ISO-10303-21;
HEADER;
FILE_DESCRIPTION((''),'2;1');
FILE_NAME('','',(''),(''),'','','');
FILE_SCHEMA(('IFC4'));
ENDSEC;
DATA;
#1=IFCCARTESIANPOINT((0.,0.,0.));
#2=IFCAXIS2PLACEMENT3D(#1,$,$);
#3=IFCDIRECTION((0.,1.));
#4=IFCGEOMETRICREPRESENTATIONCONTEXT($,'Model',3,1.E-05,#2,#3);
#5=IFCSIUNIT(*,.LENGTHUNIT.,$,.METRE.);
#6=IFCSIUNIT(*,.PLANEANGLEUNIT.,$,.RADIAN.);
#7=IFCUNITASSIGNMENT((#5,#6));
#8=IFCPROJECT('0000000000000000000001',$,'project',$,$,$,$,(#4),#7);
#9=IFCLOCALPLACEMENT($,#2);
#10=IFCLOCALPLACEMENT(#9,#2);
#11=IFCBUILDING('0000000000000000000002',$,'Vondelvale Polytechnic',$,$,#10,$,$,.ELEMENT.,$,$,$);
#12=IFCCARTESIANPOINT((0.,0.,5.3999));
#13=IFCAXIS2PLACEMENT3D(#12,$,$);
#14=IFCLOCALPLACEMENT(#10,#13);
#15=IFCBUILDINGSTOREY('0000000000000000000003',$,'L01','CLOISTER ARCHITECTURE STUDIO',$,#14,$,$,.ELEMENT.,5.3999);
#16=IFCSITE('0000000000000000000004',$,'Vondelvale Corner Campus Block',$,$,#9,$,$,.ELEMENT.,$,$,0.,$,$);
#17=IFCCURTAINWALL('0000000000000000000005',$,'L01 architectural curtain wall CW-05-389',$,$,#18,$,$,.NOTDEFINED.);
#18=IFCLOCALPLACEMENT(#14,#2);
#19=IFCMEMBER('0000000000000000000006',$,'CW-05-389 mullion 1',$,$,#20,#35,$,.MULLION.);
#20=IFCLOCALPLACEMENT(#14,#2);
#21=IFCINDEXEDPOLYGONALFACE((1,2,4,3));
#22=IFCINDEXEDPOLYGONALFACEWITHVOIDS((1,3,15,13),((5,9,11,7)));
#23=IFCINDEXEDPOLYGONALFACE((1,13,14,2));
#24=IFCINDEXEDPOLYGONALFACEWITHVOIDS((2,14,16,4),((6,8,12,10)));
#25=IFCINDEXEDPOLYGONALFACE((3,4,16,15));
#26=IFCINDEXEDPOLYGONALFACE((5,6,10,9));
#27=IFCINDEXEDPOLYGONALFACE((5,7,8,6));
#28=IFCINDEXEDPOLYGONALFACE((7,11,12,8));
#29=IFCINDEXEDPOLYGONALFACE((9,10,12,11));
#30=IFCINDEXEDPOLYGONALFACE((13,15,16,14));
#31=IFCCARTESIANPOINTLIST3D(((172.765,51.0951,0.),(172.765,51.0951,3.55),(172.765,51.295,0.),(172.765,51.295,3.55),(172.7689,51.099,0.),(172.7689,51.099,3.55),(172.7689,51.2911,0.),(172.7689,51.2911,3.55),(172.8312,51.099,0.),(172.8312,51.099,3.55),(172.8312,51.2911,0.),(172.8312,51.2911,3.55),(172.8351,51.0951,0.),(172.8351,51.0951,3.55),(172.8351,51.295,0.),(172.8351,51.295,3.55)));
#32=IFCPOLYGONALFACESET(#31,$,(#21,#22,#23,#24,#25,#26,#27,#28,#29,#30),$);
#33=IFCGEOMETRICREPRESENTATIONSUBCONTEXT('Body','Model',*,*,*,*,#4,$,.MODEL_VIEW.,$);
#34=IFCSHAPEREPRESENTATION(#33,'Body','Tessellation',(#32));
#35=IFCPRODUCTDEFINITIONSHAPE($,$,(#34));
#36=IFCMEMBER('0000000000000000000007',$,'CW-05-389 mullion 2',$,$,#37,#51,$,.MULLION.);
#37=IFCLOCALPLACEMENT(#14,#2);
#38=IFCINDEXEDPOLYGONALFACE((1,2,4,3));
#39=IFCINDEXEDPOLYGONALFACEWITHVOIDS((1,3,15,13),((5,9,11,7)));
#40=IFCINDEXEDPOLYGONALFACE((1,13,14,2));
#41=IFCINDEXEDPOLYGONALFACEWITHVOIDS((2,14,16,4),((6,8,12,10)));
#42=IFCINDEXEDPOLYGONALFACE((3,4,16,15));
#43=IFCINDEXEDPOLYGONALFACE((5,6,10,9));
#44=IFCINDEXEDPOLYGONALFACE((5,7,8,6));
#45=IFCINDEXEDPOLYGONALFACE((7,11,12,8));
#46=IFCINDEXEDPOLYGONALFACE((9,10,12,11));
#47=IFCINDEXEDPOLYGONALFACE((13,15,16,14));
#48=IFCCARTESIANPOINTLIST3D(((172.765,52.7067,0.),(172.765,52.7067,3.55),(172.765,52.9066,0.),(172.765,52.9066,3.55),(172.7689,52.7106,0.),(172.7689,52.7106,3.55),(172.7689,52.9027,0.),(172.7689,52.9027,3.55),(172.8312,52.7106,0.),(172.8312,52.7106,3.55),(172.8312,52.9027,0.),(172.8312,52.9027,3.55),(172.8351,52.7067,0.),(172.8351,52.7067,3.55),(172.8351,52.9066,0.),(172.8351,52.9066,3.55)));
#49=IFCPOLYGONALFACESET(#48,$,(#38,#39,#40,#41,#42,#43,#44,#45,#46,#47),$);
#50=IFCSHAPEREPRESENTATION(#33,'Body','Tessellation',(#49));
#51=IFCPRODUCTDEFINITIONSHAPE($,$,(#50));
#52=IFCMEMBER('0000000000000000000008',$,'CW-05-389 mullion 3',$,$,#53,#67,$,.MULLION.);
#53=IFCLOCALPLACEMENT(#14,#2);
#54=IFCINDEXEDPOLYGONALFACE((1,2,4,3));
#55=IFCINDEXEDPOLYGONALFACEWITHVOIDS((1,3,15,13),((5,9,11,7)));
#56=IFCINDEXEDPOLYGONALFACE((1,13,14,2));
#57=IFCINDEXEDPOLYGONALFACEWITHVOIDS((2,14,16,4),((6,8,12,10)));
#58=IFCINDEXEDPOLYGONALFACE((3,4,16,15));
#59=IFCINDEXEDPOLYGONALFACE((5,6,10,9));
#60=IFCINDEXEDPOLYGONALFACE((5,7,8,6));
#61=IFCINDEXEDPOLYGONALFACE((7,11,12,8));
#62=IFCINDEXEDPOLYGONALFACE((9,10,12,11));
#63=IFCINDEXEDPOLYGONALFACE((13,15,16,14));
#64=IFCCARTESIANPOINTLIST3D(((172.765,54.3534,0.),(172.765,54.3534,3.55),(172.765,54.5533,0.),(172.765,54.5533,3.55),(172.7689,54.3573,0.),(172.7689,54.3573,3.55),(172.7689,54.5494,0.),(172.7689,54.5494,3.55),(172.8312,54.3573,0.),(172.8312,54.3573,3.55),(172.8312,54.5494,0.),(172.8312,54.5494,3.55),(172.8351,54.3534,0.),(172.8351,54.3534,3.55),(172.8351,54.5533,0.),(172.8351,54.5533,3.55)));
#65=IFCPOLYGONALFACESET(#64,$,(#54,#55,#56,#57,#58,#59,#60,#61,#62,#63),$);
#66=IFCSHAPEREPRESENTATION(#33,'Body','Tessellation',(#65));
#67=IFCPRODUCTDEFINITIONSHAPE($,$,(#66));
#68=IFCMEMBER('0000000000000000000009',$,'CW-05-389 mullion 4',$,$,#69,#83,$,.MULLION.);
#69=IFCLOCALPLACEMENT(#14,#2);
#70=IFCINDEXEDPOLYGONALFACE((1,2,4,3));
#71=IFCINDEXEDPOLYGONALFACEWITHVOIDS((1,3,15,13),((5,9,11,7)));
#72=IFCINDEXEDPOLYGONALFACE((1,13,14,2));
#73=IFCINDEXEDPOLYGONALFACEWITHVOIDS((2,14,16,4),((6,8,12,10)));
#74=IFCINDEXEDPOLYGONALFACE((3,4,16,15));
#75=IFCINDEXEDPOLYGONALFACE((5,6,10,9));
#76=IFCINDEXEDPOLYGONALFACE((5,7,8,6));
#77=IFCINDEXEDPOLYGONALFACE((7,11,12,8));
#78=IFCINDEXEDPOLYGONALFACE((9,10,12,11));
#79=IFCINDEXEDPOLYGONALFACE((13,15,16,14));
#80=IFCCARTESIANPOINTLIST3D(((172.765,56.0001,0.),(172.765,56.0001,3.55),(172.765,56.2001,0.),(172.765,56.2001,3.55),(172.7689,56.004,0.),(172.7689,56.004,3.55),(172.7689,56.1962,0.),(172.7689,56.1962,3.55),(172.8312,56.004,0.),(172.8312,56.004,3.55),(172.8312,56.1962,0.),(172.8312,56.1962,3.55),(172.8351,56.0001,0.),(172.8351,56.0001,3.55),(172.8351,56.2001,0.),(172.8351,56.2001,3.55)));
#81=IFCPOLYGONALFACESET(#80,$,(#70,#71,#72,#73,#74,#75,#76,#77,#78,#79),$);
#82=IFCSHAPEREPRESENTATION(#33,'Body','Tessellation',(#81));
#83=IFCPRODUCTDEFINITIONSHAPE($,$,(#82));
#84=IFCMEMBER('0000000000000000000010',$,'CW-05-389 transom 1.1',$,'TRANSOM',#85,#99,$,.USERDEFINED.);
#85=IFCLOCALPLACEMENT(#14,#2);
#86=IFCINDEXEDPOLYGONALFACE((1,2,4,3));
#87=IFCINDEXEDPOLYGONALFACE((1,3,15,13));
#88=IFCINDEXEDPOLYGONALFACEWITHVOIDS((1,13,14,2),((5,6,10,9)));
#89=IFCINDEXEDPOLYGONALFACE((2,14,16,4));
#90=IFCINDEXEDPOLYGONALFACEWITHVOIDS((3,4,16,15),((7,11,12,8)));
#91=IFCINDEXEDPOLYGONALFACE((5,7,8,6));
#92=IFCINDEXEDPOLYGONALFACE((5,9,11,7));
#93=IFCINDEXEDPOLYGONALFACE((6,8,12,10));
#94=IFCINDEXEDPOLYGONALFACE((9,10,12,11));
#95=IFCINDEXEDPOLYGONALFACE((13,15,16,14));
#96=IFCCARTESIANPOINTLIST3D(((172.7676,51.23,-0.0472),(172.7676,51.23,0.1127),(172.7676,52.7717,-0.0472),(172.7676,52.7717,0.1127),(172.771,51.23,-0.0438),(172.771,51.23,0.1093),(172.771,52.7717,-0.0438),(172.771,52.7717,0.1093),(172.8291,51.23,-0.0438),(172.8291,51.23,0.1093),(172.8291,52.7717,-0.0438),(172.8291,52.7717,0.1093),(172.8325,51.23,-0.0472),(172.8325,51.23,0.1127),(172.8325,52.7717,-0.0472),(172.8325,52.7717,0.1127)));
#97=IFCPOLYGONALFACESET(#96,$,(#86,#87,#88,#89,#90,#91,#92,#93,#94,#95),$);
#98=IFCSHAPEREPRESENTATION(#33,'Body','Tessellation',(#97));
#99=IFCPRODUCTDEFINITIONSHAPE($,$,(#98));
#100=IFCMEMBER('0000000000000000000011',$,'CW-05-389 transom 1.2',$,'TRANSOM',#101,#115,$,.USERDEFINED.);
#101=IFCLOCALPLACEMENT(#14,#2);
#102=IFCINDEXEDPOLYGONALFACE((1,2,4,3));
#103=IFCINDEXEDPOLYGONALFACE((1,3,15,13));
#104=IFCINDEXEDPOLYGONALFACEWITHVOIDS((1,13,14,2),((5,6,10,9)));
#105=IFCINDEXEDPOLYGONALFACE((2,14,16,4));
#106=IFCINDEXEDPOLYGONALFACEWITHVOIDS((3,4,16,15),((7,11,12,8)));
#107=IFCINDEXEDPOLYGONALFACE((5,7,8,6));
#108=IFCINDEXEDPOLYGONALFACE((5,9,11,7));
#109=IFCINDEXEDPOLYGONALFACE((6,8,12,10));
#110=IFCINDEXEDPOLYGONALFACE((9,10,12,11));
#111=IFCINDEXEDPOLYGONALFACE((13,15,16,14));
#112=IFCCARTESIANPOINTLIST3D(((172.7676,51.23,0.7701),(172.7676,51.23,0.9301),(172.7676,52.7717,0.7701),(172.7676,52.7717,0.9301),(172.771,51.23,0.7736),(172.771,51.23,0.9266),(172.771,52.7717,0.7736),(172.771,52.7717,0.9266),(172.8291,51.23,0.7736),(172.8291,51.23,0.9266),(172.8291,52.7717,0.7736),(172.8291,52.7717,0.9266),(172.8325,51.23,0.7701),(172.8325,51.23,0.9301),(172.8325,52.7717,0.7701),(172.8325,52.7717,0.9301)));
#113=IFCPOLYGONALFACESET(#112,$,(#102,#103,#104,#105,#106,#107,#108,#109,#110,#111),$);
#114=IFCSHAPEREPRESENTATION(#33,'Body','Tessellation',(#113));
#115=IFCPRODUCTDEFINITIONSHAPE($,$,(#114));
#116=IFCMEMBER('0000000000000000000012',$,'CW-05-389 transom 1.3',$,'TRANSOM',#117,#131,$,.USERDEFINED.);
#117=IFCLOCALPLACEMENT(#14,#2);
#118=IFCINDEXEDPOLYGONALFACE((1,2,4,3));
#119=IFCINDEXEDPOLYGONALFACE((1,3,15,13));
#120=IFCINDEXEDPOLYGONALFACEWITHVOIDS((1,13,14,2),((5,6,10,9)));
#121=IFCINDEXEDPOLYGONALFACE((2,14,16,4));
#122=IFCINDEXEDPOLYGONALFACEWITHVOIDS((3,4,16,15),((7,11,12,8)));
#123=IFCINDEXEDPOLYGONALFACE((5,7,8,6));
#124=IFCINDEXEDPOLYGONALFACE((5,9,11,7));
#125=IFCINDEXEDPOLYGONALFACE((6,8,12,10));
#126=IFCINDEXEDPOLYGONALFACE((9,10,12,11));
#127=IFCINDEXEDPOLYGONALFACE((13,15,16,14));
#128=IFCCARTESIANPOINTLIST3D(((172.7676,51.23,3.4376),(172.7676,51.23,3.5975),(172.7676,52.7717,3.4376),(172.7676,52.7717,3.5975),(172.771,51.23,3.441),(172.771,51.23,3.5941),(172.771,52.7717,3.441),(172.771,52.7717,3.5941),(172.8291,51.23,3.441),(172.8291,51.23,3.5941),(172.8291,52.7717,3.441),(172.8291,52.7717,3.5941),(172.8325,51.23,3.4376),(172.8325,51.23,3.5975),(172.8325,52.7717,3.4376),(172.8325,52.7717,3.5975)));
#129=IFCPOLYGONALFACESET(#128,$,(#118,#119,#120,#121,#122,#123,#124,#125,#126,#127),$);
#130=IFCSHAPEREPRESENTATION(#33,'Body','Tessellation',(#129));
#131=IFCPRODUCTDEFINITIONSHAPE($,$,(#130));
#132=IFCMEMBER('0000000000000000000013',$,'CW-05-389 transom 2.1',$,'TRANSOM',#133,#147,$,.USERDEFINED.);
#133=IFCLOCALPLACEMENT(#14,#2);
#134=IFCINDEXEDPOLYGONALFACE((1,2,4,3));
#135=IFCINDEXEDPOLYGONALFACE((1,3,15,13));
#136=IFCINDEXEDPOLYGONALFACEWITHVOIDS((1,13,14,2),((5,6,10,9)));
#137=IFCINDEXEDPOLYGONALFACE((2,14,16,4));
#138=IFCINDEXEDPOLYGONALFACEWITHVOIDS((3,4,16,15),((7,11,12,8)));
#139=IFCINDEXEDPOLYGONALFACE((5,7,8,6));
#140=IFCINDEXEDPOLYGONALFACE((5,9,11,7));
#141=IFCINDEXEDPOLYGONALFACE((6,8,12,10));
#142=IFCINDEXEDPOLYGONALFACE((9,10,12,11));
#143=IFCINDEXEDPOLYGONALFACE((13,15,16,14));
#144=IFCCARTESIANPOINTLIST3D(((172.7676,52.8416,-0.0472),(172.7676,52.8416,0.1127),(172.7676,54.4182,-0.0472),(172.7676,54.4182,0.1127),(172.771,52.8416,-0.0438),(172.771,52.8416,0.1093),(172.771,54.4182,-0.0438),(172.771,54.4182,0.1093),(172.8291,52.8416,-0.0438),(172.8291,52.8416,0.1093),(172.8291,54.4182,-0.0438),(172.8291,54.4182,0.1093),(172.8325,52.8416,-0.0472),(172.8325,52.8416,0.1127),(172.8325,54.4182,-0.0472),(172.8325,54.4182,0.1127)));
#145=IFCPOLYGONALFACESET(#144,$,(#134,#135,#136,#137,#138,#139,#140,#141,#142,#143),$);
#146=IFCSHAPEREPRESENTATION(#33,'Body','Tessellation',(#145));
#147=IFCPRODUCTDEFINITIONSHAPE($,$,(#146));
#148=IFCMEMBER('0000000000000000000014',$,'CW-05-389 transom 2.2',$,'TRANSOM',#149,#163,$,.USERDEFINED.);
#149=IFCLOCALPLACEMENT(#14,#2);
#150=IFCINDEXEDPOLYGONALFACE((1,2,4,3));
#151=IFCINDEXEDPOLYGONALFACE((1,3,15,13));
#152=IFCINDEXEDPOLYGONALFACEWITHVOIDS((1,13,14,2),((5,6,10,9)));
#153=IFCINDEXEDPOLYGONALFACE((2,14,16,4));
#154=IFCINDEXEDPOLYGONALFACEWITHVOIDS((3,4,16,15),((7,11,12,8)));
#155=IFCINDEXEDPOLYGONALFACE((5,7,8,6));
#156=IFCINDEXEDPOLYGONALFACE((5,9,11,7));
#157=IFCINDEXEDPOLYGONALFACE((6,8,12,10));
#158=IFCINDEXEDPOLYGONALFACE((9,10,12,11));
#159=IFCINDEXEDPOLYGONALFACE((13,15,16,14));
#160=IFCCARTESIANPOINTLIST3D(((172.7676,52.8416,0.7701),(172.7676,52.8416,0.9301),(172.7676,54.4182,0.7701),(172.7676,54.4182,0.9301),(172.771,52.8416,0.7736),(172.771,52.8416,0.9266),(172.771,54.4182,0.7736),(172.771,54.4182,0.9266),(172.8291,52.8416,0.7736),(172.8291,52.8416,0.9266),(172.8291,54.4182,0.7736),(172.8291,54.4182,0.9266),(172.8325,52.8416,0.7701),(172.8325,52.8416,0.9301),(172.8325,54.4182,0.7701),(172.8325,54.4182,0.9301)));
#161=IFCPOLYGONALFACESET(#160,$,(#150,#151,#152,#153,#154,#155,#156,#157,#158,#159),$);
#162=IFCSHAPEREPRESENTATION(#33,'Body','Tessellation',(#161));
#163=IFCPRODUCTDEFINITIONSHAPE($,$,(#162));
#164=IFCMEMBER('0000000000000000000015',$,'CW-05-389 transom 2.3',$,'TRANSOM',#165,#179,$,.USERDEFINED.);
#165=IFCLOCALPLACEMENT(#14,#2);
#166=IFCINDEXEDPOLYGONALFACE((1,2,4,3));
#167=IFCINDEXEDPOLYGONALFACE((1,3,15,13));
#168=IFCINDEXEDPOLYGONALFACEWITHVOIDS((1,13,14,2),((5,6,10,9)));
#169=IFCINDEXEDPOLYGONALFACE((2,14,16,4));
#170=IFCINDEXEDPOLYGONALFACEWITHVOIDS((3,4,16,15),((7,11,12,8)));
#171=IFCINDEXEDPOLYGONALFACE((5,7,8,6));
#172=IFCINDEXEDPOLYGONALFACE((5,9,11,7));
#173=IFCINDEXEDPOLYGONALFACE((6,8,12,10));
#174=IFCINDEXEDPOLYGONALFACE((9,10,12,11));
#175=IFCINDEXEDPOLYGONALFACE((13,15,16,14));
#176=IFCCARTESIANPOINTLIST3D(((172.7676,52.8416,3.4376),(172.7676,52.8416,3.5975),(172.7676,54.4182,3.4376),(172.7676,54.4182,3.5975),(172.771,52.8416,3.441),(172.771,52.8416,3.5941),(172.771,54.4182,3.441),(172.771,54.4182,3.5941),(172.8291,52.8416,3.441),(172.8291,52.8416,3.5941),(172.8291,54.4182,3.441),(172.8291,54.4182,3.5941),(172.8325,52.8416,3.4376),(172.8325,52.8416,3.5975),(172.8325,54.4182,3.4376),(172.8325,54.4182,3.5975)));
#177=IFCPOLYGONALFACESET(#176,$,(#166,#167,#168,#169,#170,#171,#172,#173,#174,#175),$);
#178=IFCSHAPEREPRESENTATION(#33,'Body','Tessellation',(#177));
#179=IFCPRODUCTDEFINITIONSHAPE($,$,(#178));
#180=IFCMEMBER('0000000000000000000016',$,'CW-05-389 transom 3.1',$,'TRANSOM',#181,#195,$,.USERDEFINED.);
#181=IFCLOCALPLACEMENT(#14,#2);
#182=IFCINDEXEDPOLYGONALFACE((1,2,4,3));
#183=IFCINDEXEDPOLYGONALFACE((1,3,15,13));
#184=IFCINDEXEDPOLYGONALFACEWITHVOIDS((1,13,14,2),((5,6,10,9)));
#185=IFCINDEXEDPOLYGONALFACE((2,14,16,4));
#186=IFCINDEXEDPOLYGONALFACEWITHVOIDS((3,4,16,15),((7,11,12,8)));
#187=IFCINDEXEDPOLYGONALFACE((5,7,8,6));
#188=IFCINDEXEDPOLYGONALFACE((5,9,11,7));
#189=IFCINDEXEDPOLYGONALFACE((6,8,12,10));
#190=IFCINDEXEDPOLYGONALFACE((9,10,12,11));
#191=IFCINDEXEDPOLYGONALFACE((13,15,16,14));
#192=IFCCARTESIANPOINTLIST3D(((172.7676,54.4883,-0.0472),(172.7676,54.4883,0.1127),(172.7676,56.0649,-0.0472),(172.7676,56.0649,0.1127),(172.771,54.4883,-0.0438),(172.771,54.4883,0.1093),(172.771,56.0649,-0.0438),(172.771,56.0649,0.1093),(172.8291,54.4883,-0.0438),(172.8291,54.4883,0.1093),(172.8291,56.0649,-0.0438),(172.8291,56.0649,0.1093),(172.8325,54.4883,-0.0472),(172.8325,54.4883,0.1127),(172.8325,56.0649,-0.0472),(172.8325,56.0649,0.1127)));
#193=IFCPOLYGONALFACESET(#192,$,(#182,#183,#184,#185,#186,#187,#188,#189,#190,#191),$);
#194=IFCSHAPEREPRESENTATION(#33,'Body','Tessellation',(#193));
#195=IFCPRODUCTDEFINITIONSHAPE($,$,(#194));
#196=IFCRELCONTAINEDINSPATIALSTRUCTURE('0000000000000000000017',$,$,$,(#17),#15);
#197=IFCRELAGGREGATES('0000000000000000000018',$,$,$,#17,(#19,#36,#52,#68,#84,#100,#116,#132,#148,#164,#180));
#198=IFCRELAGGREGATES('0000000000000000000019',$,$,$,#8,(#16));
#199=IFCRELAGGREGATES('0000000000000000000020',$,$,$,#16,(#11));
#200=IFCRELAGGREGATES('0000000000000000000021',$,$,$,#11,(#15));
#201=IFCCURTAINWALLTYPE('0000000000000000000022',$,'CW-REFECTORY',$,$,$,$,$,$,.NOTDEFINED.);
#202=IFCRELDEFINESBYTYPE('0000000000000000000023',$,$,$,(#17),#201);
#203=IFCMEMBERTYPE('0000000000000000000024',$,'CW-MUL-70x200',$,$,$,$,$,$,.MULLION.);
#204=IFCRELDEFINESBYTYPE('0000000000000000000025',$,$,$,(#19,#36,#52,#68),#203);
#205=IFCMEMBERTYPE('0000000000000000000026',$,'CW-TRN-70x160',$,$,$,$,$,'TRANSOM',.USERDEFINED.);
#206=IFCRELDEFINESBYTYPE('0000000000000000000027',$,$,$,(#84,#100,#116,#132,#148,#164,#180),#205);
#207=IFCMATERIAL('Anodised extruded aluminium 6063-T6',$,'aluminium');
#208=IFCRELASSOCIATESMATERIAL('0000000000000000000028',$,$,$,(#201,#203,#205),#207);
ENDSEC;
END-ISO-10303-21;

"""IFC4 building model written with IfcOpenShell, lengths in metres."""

from ifc_helpers import new_model, si_unit, direction, frame, origin, origin_2d, place, context, subcontext, project, spatial, hollow_rectangle, extrude, material, material_profile, profile_set, type_object, element, aggregate, save


model = new_model("IFC4")

# Units and contexts
model_context = context("Model", 3, precision=1e-05, world=origin(), true_north=direction((0.0, 1.0)))
body_context = subcontext(model_context, "Body", "Model", "MODEL_VIEW")
ifc_project = project(units=[si_unit("LENGTHUNIT", "METRE"), si_unit("PLANEANGLEUNIT", "RADIAN")], contexts=[model_context])

# Site, building, storey
site_placement = place(None, origin())
site = spatial("IfcSite", under=ifc_project, at=site_placement, Name="Vondelvale Corner Campus Block", CompositionType="ELEMENT", RefElevation=0.0)
building_placement = place(site_placement, origin())
building = spatial("IfcBuilding", under=site, at=building_placement, Name="Vondelvale Polytechnic", CompositionType="ELEMENT")
storey_placement = place(building_placement, frame((0.0, 0.0, 5.3999)))
storey = spatial("IfcBuildingStorey", under=building, at=storey_placement, Name="L01", Description="CLOISTER ARCHITECTURE STUDIO", CompositionType="ELEMENT", Elevation=5.3999)

# Curtain wall, members
ifc_material_1 = material(Name="Anodised extruded aluminium 6063-T6", Category="aluminium")
curtain_wall_type = type_object("IfcCurtainWallType", Name="CW-REFECTORY", PredefinedType="NOTDEFINED", material=ifc_material_1)
curtain_wall_placement = place(storey_placement, origin())
curtain_wall = element("IfcCurtainWall", 1, at=curtain_wall_placement, inside=storey, type_object=curtain_wall_type, Name="L01 architectural curtain wall CW-05-389", PredefinedType="NOTDEFINED")
ifc_material_profile_1 = material_profile(ifc_material_1, hollow_rectangle(XDim=0.0701, YDim=0.2, WallThickness=0.0039, at=origin_2d()), Name="CW-MUL-200x70")
ifc_profile_set_1 = profile_set([ifc_material_profile_1], Name="Anodised extruded aluminium 6063-T6")
member_type_1 = type_object("IfcMemberType", Name="CW-MUL-70x200", PredefinedType="MULLION", material=ifc_profile_set_1)
member_1_placement = place(storey_placement, frame((172.8, 51.1951, 0.0), z_axis=(0.0, 0.0, 1.0), x_axis=(-1.0, 0.0, 0.0)))
member_1 = element("IfcMember", 2, at=member_1_placement, type_object=member_type_1, Name="CW-05-389 mullion 1", PredefinedType="MULLION", context=body_context, shape_type="SweptSolid", body=[
    extrude(hollow_rectangle(XDim=0.0701, YDim=0.2, WallThickness=0.0039, at=origin_2d()), origin(), (0.0, 0.0, 1.0), 3.55),
])
member_2_placement = place(storey_placement, frame((172.8, 52.8066, 0.0), z_axis=(0.0, 0.0, 1.0), x_axis=(-1.0, 0.0, 0.0)))
member_2 = element("IfcMember", 3, at=member_2_placement, type_object=member_type_1, Name="CW-05-389 mullion 2", PredefinedType="MULLION", context=body_context, shape_type="SweptSolid", body=[
    extrude(hollow_rectangle(XDim=0.0701, YDim=0.2, WallThickness=0.0039, at=origin_2d()), origin(), (0.0, 0.0, 1.0), 3.55),
])
member_3_placement = place(storey_placement, frame((172.8, 54.4534, 0.0), z_axis=(0.0, 0.0, 1.0), x_axis=(-1.0, 0.0, 0.0)))
member_3 = element("IfcMember", 4, at=member_3_placement, type_object=member_type_1, Name="CW-05-389 mullion 3", PredefinedType="MULLION", context=body_context, shape_type="SweptSolid", body=[
    extrude(hollow_rectangle(XDim=0.0701, YDim=0.2, WallThickness=0.0039, at=origin_2d()), origin(), (0.0, 0.0, 1.0), 3.55),
])
member_4_placement = place(storey_placement, frame((172.8, 56.1001, 0.0), z_axis=(0.0, 0.0, 1.0), x_axis=(-1.0, 0.0, 0.0)))
member_4 = element("IfcMember", 5, at=member_4_placement, type_object=member_type_1, Name="CW-05-389 mullion 4", PredefinedType="MULLION", context=body_context, shape_type="SweptSolid", body=[
    extrude(hollow_rectangle(XDim=0.0701, YDim=0.2, WallThickness=0.0039, at=origin_2d()), origin(), (0.0, 0.0, 1.0), 3.55),
])
ifc_material_profile_2 = material_profile(ifc_material_1, hollow_rectangle(XDim=0.0649, YDim=0.1599, WallThickness=0.0034, at=origin_2d()), Name="CW-TRN-160x65")
ifc_profile_set_2 = profile_set([ifc_material_profile_2], Name="Anodised extruded aluminium 6063-T6")
member_type_2 = type_object("IfcMemberType", Name="CW-TRN-70x160", ElementType="TRANSOM", PredefinedType="USERDEFINED", material=ifc_profile_set_2)
member_5_placement = place(storey_placement, frame((172.8, 51.23, 0.0327), z_axis=(0.0, 1.0, 0.0), x_axis=(-1.0, 0.0, 0.0)))
member_5 = element("IfcMember", 6, at=member_5_placement, type_object=member_type_2, Name="CW-05-389 transom 1.1", ObjectType="TRANSOM", PredefinedType="USERDEFINED", context=body_context, shape_type="SweptSolid", body=[
    extrude(hollow_rectangle(XDim=0.0649, YDim=0.1599, WallThickness=0.0034, at=origin_2d()), origin(), (0.0, 0.0, 1.0), 1.5417),
])
member_6_placement = place(storey_placement, frame((172.8, 51.23, 0.8501), z_axis=(0.0, 1.0, 0.0), x_axis=(-1.0, 0.0, 0.0)))
member_6 = element("IfcMember", 7, at=member_6_placement, type_object=member_type_2, Name="CW-05-389 transom 1.2", ObjectType="TRANSOM", PredefinedType="USERDEFINED", context=body_context, shape_type="SweptSolid", body=[
    extrude(hollow_rectangle(XDim=0.0649, YDim=0.1599, WallThickness=0.0034, at=origin_2d()), origin(), (0.0, 0.0, 1.0), 1.5417),
])
member_7_placement = place(storey_placement, frame((172.8, 51.23, 3.5176), z_axis=(0.0, 1.0, 0.0), x_axis=(-1.0, 0.0, 0.0)))
member_7 = element("IfcMember", 8, at=member_7_placement, type_object=member_type_2, Name="CW-05-389 transom 1.3", ObjectType="TRANSOM", PredefinedType="USERDEFINED", context=body_context, shape_type="SweptSolid", body=[
    extrude(hollow_rectangle(XDim=0.0649, YDim=0.1599, WallThickness=0.0034, at=origin_2d()), origin(), (0.0, 0.0, 1.0), 1.5417),
])
member_8_placement = place(storey_placement, frame((172.8, 52.8416, 0.0327), z_axis=(0.0, 1.0, 0.0), x_axis=(-1.0, 0.0, 0.0)))
member_8 = element("IfcMember", 9, at=member_8_placement, type_object=member_type_2, Name="CW-05-389 transom 2.1", ObjectType="TRANSOM", PredefinedType="USERDEFINED", context=body_context, shape_type="SweptSolid", body=[
    extrude(hollow_rectangle(XDim=0.0649, YDim=0.1599, WallThickness=0.0034, at=origin_2d()), origin(), (0.0, 0.0, 1.0), 1.5767),
])
member_9_placement = place(storey_placement, frame((172.8, 52.8416, 0.8501), z_axis=(0.0, 1.0, 0.0), x_axis=(-1.0, 0.0, 0.0)))
member_9 = element("IfcMember", 10, at=member_9_placement, type_object=member_type_2, Name="CW-05-389 transom 2.2", ObjectType="TRANSOM", PredefinedType="USERDEFINED", context=body_context, shape_type="SweptSolid", body=[
    extrude(hollow_rectangle(XDim=0.0649, YDim=0.1599, WallThickness=0.0034, at=origin_2d()), origin(), (0.0, 0.0, 1.0), 1.5767),
])
member_10_placement = place(storey_placement, frame((172.8, 52.8416, 3.5176), z_axis=(0.0, 1.0, 0.0), x_axis=(-1.0, 0.0, 0.0)))
member_10 = element("IfcMember", 11, at=member_10_placement, type_object=member_type_2, Name="CW-05-389 transom 2.3", ObjectType="TRANSOM", PredefinedType="USERDEFINED", context=body_context, shape_type="SweptSolid", body=[
    extrude(hollow_rectangle(XDim=0.0649, YDim=0.1599, WallThickness=0.0034, at=origin_2d()), origin(), (0.0, 0.0, 1.0), 1.5767),
])
member_11_placement = place(storey_placement, frame((172.8, 54.4883, 0.0327), z_axis=(0.0, 1.0, 0.0), x_axis=(-1.0, 0.0, 0.0)))
member_11 = element("IfcMember", 12, at=member_11_placement, type_object=member_type_2, Name="CW-05-389 transom 3.1", ObjectType="TRANSOM", PredefinedType="USERDEFINED", context=body_context, shape_type="SweptSolid", body=[
    extrude(hollow_rectangle(XDim=0.0649, YDim=0.1599, WallThickness=0.0034, at=origin_2d()), origin(), (0.0, 0.0, 1.0), 1.5767),
])
aggregate(curtain_wall, [member_1, member_2, member_3, member_4, member_5, member_6, member_7, member_8, member_9, member_10, member_11])

save(model, "model.ifc")
